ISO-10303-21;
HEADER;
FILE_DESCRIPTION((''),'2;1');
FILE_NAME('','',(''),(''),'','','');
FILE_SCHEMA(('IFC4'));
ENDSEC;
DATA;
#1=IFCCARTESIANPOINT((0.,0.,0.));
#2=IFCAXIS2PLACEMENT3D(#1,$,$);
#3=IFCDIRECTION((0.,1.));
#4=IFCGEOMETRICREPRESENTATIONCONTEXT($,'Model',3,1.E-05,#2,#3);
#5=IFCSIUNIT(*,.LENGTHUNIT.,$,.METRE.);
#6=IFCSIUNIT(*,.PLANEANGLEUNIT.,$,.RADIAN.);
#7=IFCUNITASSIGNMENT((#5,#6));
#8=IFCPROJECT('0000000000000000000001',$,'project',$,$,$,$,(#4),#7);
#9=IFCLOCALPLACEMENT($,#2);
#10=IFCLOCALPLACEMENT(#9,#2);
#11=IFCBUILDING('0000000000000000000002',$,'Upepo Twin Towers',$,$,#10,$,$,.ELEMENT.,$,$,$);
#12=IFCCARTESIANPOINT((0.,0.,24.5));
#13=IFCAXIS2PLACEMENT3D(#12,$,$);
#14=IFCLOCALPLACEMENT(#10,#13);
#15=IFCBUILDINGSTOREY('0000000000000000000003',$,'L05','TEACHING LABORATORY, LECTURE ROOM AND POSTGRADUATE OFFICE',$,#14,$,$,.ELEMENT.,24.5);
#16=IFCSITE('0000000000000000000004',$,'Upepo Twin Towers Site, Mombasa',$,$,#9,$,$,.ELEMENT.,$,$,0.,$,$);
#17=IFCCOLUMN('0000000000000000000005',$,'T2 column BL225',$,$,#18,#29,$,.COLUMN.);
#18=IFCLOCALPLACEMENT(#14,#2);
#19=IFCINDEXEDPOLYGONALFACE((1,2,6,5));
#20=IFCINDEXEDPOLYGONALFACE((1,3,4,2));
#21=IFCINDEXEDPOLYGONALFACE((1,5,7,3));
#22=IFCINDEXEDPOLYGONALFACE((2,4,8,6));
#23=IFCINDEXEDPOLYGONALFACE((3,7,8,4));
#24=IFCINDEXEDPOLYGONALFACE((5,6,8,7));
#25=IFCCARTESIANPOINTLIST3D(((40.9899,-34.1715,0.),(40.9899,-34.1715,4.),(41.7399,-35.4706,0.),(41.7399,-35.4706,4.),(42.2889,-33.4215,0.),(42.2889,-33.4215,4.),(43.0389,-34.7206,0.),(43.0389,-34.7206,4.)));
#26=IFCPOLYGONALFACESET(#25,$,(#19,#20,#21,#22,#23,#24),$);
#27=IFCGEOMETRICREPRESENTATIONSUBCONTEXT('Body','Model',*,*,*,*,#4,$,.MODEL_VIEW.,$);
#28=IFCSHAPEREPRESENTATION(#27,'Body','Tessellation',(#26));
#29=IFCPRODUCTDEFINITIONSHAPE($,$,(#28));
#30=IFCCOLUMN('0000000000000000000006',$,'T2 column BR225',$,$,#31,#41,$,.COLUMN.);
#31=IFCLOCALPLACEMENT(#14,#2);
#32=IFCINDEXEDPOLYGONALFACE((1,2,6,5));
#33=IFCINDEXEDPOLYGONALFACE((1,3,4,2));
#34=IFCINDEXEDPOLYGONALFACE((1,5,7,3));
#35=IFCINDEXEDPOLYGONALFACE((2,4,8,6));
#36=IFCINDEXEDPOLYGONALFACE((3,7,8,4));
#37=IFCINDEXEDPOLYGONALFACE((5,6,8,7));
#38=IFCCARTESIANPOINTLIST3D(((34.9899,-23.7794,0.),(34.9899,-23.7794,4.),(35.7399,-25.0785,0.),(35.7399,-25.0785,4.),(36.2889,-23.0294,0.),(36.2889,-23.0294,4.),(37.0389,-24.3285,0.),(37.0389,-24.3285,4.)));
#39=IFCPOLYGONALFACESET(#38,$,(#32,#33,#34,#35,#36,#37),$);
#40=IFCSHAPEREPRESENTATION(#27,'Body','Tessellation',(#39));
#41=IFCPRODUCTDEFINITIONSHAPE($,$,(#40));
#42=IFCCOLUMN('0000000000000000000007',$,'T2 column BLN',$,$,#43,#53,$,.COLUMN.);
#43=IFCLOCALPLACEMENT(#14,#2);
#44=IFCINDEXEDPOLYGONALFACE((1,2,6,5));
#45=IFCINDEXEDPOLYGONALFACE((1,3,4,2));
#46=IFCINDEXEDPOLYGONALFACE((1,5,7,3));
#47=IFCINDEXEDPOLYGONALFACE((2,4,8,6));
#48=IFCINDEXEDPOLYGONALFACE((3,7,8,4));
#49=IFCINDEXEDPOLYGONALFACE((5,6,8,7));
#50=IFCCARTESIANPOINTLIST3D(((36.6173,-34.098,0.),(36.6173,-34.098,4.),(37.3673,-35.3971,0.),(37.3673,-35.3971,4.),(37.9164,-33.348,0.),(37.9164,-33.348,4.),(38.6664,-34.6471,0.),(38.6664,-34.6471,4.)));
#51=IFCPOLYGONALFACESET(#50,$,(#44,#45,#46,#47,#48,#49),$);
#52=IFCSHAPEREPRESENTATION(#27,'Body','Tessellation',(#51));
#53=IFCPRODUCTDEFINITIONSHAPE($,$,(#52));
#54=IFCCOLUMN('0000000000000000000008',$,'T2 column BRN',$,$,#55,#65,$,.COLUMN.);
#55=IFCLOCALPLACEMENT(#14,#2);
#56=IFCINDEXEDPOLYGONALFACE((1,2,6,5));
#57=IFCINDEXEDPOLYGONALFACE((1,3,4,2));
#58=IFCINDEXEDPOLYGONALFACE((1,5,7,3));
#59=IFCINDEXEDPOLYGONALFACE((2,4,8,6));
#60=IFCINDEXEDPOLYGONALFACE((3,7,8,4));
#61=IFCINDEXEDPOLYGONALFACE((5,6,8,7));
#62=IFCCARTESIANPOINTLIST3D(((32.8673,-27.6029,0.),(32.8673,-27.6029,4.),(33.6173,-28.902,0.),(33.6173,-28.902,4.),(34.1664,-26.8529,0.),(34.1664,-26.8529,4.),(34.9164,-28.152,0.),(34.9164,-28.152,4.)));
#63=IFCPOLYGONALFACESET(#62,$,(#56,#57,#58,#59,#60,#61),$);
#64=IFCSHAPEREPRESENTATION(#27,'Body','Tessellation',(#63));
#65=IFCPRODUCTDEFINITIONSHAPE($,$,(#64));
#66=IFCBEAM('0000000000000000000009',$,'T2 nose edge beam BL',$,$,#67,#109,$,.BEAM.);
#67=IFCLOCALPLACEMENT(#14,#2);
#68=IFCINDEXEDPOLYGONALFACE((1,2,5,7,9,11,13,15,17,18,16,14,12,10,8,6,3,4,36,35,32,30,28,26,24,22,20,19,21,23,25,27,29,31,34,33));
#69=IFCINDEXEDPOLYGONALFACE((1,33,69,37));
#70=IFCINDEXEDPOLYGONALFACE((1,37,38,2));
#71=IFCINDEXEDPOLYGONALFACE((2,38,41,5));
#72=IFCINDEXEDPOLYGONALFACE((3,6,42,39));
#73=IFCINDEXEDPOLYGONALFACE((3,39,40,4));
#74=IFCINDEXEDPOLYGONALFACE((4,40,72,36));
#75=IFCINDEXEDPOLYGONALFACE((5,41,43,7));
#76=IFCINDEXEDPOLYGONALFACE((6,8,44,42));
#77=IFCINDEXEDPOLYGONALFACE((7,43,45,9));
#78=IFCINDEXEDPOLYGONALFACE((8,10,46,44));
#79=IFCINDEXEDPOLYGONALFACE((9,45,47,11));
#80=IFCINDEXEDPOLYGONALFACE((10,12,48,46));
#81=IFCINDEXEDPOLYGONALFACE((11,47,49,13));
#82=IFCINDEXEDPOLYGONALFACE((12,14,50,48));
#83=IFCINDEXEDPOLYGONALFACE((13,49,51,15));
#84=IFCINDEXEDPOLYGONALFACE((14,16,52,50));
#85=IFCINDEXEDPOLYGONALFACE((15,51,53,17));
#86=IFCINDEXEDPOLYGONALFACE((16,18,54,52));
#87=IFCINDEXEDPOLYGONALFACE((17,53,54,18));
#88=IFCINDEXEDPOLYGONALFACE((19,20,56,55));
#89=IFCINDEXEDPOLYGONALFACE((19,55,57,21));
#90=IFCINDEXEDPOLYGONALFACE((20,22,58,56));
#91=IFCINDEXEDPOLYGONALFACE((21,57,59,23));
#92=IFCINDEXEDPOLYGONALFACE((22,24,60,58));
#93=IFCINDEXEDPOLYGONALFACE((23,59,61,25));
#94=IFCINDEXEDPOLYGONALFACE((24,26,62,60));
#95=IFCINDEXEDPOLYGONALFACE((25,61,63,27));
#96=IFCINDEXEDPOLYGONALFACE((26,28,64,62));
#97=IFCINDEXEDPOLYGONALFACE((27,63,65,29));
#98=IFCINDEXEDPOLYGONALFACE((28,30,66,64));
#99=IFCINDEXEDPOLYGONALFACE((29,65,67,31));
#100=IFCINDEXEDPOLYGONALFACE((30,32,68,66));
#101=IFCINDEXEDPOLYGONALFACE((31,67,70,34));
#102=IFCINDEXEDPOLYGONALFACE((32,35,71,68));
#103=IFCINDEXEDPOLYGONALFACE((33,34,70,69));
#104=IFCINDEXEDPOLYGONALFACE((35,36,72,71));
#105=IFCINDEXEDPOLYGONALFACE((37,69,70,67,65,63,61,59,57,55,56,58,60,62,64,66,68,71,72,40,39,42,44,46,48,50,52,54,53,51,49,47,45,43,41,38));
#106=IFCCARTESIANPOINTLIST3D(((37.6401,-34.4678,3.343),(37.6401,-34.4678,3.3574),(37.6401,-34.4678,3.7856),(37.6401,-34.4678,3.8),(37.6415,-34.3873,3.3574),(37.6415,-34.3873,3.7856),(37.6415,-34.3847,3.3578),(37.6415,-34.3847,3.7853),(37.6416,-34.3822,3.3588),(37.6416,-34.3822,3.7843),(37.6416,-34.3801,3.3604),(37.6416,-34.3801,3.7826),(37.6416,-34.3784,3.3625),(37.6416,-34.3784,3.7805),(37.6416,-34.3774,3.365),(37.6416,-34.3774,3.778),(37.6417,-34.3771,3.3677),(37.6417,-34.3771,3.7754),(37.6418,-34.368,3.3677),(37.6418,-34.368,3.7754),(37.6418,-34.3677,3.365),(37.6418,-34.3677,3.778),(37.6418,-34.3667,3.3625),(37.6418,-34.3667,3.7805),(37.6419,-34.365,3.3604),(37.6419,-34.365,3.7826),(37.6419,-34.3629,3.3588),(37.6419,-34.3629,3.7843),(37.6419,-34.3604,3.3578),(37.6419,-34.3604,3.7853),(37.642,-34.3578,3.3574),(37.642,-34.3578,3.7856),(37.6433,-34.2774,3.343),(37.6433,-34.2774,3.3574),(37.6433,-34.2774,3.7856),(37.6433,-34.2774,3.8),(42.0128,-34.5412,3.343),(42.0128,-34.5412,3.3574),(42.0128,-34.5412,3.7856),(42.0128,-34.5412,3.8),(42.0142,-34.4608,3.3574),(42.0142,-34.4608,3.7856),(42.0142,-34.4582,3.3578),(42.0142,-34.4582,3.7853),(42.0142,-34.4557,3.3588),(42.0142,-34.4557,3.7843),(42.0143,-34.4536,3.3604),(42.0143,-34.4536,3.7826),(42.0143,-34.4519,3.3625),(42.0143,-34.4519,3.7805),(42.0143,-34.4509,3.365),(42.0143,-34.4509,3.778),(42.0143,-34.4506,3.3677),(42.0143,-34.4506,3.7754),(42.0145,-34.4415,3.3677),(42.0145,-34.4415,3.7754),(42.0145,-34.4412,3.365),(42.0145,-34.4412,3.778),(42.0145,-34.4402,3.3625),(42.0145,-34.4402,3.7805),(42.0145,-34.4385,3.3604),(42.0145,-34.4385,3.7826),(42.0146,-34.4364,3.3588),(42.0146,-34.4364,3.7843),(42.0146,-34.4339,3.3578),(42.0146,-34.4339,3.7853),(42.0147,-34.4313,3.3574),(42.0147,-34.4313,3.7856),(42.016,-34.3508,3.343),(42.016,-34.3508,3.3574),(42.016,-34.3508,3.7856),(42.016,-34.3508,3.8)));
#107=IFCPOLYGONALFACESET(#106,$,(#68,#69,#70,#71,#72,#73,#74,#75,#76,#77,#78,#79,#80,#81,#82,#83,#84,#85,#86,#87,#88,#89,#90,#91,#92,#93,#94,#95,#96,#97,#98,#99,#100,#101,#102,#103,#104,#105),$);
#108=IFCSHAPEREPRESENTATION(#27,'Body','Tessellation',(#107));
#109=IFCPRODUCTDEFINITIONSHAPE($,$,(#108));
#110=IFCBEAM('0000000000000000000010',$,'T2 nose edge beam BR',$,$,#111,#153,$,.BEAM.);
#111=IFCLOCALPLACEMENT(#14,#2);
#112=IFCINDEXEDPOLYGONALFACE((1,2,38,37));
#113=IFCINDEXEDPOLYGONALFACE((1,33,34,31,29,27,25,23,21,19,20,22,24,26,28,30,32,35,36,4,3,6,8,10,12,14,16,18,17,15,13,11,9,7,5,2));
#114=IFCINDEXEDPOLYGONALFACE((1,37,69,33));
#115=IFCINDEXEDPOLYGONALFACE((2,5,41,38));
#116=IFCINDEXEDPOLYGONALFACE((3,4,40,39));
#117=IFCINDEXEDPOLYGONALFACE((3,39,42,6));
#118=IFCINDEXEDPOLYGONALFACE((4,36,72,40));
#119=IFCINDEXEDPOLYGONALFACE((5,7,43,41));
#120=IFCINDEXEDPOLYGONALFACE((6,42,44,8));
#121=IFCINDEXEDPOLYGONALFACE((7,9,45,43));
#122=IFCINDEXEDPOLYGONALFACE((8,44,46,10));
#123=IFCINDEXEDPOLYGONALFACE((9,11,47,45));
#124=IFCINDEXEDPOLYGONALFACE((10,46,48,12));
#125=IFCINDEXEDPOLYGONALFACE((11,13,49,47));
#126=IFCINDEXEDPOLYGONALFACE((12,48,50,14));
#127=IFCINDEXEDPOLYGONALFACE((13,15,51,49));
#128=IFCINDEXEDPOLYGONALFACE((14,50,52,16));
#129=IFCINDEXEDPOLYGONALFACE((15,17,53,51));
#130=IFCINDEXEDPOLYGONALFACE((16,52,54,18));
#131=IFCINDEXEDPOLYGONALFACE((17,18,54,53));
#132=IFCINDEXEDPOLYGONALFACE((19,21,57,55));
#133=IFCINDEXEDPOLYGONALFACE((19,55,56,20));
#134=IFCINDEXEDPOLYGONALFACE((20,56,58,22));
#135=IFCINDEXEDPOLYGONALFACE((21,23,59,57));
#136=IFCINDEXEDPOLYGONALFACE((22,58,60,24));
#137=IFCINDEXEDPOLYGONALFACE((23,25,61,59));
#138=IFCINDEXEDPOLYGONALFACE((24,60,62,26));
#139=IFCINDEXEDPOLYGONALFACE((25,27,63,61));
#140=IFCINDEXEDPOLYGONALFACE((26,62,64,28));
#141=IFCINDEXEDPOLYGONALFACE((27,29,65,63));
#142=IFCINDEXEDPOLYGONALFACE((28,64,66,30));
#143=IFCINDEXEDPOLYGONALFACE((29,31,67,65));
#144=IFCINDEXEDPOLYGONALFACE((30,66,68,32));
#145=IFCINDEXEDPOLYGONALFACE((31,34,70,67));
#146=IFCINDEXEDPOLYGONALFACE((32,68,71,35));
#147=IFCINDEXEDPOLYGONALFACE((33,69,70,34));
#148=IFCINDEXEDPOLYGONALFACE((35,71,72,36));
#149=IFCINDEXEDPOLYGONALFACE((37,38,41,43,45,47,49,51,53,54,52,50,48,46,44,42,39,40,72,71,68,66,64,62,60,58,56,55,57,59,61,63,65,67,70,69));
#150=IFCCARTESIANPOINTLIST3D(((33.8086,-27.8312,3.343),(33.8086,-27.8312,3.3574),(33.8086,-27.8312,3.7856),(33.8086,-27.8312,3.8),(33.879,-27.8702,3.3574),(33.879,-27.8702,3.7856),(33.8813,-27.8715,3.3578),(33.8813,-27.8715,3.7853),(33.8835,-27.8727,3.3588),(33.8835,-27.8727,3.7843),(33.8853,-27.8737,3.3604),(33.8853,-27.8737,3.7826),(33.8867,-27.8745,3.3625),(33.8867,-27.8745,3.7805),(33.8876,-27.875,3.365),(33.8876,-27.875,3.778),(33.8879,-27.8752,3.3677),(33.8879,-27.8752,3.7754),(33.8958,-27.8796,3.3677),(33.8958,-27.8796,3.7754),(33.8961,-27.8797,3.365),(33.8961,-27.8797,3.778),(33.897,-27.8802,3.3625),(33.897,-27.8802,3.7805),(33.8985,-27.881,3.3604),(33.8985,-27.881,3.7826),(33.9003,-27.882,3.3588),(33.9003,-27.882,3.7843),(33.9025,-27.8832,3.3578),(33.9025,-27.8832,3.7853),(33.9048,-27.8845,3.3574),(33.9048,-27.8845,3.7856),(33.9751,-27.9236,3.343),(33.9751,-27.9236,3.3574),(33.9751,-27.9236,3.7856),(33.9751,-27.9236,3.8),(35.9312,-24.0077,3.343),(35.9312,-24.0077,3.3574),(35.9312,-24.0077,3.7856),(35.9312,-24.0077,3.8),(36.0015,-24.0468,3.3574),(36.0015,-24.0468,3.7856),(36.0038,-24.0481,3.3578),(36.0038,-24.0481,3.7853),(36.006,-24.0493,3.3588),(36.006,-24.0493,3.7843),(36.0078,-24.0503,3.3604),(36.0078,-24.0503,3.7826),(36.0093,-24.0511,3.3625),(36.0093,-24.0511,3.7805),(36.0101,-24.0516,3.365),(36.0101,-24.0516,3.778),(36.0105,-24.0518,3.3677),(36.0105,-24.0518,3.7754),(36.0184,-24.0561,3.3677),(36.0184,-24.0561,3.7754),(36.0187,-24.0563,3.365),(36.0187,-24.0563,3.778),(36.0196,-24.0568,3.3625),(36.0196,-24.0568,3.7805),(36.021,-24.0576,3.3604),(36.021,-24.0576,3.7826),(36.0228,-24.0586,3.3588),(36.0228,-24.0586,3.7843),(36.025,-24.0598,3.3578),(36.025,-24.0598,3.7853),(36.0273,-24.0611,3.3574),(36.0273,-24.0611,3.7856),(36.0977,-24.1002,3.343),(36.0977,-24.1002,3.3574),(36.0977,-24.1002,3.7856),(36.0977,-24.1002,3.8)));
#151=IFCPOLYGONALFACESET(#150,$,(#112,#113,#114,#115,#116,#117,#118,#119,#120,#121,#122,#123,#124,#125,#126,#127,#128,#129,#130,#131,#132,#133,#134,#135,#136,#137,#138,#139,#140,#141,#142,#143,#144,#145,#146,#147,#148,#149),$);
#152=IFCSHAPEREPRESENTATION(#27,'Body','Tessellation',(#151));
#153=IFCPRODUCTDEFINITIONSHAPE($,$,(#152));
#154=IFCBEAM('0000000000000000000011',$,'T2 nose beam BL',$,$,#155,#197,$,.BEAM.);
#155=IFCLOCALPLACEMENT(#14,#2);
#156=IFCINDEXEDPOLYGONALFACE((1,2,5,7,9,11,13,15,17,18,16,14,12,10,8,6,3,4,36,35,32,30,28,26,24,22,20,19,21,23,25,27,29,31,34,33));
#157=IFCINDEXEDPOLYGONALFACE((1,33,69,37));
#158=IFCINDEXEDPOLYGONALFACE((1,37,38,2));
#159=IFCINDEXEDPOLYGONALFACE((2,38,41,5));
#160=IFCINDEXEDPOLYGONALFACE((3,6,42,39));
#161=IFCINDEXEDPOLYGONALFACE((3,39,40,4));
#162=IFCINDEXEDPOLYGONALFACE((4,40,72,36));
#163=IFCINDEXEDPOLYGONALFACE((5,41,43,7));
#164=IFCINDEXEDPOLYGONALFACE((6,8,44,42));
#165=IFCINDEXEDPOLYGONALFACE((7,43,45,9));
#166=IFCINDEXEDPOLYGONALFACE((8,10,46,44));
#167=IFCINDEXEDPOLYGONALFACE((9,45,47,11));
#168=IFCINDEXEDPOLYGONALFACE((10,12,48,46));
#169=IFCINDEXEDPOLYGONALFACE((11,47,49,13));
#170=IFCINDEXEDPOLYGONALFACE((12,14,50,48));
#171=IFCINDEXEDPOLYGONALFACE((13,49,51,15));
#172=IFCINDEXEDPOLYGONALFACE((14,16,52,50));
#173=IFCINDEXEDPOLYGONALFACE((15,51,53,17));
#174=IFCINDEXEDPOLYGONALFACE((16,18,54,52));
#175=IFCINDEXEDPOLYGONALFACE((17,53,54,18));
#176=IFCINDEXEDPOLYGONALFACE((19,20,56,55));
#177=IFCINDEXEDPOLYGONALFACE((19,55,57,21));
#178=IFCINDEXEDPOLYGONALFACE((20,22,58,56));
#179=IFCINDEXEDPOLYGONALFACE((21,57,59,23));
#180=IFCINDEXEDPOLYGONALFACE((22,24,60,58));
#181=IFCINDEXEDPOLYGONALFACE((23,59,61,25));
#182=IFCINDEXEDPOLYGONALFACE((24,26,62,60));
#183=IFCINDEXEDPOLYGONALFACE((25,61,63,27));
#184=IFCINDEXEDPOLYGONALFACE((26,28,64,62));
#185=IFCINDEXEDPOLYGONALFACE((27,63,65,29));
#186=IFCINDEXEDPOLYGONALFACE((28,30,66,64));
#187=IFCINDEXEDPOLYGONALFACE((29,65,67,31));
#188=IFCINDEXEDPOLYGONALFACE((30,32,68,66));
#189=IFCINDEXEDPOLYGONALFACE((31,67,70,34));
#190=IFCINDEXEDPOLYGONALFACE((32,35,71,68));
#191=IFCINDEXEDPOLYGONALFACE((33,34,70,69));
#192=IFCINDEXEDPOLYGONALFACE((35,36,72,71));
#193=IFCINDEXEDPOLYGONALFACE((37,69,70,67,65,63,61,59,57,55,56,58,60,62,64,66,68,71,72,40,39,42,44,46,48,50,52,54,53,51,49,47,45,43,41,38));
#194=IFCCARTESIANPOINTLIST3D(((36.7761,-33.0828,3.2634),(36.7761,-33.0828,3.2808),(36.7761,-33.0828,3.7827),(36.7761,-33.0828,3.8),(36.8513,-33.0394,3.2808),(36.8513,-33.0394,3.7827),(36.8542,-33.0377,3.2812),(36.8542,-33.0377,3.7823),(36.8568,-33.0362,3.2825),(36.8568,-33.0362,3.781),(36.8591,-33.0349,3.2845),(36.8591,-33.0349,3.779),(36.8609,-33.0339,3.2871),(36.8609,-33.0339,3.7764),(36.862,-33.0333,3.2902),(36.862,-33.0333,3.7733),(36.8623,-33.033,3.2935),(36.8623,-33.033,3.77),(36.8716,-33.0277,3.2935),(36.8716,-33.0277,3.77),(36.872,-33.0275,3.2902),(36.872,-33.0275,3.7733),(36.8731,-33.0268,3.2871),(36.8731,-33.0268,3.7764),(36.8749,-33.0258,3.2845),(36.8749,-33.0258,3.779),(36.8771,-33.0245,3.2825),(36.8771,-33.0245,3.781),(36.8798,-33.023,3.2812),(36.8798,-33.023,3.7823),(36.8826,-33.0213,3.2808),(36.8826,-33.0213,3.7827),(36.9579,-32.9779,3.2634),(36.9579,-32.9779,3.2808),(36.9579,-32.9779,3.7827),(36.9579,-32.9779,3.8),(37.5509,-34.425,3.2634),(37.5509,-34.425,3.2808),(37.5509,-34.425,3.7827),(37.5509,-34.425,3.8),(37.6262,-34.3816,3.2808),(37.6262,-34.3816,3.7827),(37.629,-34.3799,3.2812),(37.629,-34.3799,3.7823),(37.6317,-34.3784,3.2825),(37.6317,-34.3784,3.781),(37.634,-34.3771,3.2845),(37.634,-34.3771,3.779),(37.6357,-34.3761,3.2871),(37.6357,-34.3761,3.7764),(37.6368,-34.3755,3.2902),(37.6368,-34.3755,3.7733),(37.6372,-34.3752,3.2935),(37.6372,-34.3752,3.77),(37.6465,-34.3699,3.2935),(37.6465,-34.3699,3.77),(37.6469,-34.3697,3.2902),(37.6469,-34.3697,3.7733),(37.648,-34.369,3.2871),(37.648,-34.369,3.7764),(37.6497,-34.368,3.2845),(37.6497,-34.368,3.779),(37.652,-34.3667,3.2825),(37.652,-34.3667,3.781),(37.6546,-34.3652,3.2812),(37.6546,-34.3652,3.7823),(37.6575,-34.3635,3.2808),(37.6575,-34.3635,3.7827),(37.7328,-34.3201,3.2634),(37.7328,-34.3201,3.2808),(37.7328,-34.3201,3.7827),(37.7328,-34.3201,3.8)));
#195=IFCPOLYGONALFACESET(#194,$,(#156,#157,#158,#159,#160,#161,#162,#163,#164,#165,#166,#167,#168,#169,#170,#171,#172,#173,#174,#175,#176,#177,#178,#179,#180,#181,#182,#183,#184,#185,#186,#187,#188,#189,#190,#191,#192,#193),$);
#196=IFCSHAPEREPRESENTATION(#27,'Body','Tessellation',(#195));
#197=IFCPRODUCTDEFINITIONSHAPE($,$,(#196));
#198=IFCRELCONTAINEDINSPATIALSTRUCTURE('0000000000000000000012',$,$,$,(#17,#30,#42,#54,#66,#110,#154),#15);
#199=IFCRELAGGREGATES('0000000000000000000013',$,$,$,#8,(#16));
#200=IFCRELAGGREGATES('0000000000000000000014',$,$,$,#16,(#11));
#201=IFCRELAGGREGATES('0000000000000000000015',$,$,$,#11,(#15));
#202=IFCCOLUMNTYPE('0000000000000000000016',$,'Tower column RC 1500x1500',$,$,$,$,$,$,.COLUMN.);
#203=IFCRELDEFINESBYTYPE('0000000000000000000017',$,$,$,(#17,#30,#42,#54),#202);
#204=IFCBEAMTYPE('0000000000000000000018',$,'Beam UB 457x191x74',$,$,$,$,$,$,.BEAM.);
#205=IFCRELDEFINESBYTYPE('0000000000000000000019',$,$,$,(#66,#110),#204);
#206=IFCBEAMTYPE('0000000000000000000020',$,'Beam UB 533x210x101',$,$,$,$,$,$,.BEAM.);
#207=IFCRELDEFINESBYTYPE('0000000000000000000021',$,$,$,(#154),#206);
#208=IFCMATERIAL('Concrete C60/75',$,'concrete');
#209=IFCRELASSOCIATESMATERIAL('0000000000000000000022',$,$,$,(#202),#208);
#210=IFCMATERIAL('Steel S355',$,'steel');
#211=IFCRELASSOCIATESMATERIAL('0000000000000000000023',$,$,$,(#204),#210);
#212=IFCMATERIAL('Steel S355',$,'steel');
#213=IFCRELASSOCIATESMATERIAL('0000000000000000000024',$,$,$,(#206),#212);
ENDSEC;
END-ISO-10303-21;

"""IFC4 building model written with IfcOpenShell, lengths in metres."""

from ifc_helpers import new_model, si_unit, direction, frame, origin, origin_2d, place, context, subcontext, project, spatial, rectangle, i_section, extrude, material, material_profile, profile_set, type_object, element, save


model = new_model("IFC4")

# Units and contexts
model_context = context("Model", 3, precision=1e-05, world=origin(), true_north=direction((0.0, 1.0)))
body_context = subcontext(model_context, "Body", "Model", "MODEL_VIEW")
ifc_project = project(units=[si_unit("LENGTHUNIT", "METRE"), si_unit("PLANEANGLEUNIT", "RADIAN")], contexts=[model_context])

# Site, building, storey
site_placement = place(None, origin())
site = spatial("IfcSite", under=ifc_project, at=site_placement, Name="Upepo Twin Towers Site, Mombasa", CompositionType="ELEMENT", RefElevation=0.0)
building_placement = place(site_placement, origin())
building = spatial("IfcBuilding", under=site, at=building_placement, Name="Upepo Twin Towers", CompositionType="ELEMENT")
storey_placement = place(building_placement, frame((0.0, 0.0, 24.5)))
storey = spatial("IfcBuildingStorey", under=building, at=storey_placement, Name="L05", Description="TEACHING LABORATORY, LECTURE ROOM AND POSTGRADUATE OFFICE", CompositionType="ELEMENT", Elevation=24.5)

# Columns
ifc_material_1 = material(Name="Concrete C60/75", Category="concrete")
ifc_material_profile_1 = material_profile(ifc_material_1, rectangle(XDim=1.5, YDim=1.5, at=origin_2d()), Name="RC 1500x1500")
ifc_profile_set_1 = profile_set([ifc_material_profile_1], Name="Concrete C60/75")
column_type = type_object("IfcColumnType", Name="Tower column RC 1500x1500", PredefinedType="COLUMN", material=ifc_profile_set_1)
for number, where, z_axis, x_axis, name in (
    (1, (42.0144, -34.446, 0.0), (0.0, 0.0, 1.0), (0.866025, 0.5, 0.0), "T2 column BL225"),
    (2, (36.0144, -24.054, 0.0), (0.0, 0.0, 1.0), (0.866025, 0.5, 0.0), "T2 column BR225"),
    (3, (37.6418, -34.3726, 0.0), (0.0, 0.0, 1.0), (0.866025, 0.5, 0.0), "T2 column BLN"),
    (4, (33.8918, -27.8774, 0.0), (0.0, 0.0, 1.0), (0.866025, 0.5, 0.0), "T2 column BRN"),
):
    element("IfcColumn", number, at=place(storey_placement, frame(where, z_axis=z_axis, x_axis=x_axis)), inside=storey, type_object=column_type, Name=name, PredefinedType="COLUMN", context=body_context, shape_type="SweptSolid", body=[
        extrude(rectangle(XDim=1.5, YDim=1.5, at=origin_2d()), origin(), (0.0, 0.0, 1.0), 4.0),
    ])

# Beams
ifc_material_2 = material(Name="Steel S355", Category="steel")
ifc_material_profile_2 = material_profile(ifc_material_2, i_section(OverallWidth=0.1904, OverallDepth=0.457, WebThickness=0.009, FlangeThickness=0.0144, FilletRadius=0.0103, at=origin_2d()), Name="UB 457x191x74")
ifc_profile_set_2 = profile_set([ifc_material_profile_2], Name="Steel S355")
beam_type_1 = type_object("IfcBeamType", Name="Beam UB 457x191x74", PredefinedType="BEAM", material=ifc_profile_set_2)
beam_1_placement = place(storey_placement, frame((42.0144, -34.446, 3.5715), z_axis=(-0.999859, 0.016804, 0.0), x_axis=(-0.016804, -0.999859, 0.0)))
element("IfcBeam", 5, at=beam_1_placement, inside=storey, type_object=beam_type_1, Name="T2 nose edge beam BL", PredefinedType="BEAM", context=body_context, shape_type="SweptSolid", body=[
    extrude(i_section(OverallWidth=0.1904, OverallDepth=0.457, WebThickness=0.009, FlangeThickness=0.0144, FilletRadius=0.0103, at=origin_2d()), origin(), (0.0, 0.0, 1.0), 4.3733),
])
beam_2_placement = place(storey_placement, frame((36.0144, -24.054, 3.5715), z_axis=(-0.485363, -0.874313, 0.0), x_axis=(0.874313, -0.485363, 0.0)))
element("IfcBeam", 6, at=beam_2_placement, inside=storey, type_object=beam_type_1, Name="T2 nose edge beam BR", PredefinedType="BEAM", context=body_context, shape_type="SweptSolid", body=[
    extrude(i_section(OverallWidth=0.1904, OverallDepth=0.457, WebThickness=0.009, FlangeThickness=0.0144, FilletRadius=0.0103, at=origin_2d()), origin(), (0.0, 0.0, 1.0), 4.373),
])
ifc_material_3 = material(Name="Steel S355", Category="steel")
ifc_material_profile_3 = material_profile(ifc_material_3, i_section(OverallWidth=0.21, OverallDepth=0.5366, WebThickness=0.0107, FlangeThickness=0.0173, FilletRadius=0.0127, at=origin_2d()), Name="UB 533x210x101")
ifc_profile_set_3 = profile_set([ifc_material_profile_3], Name="Steel S355")
beam_type_2 = type_object("IfcBeamType", Name="Beam UB 533x210x101", PredefinedType="BEAM", material=ifc_profile_set_3)
for number, where, z_axis, x_axis, name in (
    (7, (37.6418, -34.3726, 3.5317), (-0.499968, 0.866044, 0.0), (-0.866044, -0.499968, 0.0), "T2 nose beam BL"),
):
    element("IfcBeam", number, at=place(storey_placement, frame(where, z_axis=z_axis, x_axis=x_axis)), inside=storey, type_object=beam_type_2, Name=name, PredefinedType="BEAM", context=body_context, shape_type="SweptSolid", body=[
        extrude(i_section(OverallWidth=0.21, OverallDepth=0.5366, WebThickness=0.0107, FlangeThickness=0.0173, FilletRadius=0.0127, at=origin_2d()), origin(), (0.0, 0.0, 1.0), 1.5498),
    ])

save(model, "model.ifc")
